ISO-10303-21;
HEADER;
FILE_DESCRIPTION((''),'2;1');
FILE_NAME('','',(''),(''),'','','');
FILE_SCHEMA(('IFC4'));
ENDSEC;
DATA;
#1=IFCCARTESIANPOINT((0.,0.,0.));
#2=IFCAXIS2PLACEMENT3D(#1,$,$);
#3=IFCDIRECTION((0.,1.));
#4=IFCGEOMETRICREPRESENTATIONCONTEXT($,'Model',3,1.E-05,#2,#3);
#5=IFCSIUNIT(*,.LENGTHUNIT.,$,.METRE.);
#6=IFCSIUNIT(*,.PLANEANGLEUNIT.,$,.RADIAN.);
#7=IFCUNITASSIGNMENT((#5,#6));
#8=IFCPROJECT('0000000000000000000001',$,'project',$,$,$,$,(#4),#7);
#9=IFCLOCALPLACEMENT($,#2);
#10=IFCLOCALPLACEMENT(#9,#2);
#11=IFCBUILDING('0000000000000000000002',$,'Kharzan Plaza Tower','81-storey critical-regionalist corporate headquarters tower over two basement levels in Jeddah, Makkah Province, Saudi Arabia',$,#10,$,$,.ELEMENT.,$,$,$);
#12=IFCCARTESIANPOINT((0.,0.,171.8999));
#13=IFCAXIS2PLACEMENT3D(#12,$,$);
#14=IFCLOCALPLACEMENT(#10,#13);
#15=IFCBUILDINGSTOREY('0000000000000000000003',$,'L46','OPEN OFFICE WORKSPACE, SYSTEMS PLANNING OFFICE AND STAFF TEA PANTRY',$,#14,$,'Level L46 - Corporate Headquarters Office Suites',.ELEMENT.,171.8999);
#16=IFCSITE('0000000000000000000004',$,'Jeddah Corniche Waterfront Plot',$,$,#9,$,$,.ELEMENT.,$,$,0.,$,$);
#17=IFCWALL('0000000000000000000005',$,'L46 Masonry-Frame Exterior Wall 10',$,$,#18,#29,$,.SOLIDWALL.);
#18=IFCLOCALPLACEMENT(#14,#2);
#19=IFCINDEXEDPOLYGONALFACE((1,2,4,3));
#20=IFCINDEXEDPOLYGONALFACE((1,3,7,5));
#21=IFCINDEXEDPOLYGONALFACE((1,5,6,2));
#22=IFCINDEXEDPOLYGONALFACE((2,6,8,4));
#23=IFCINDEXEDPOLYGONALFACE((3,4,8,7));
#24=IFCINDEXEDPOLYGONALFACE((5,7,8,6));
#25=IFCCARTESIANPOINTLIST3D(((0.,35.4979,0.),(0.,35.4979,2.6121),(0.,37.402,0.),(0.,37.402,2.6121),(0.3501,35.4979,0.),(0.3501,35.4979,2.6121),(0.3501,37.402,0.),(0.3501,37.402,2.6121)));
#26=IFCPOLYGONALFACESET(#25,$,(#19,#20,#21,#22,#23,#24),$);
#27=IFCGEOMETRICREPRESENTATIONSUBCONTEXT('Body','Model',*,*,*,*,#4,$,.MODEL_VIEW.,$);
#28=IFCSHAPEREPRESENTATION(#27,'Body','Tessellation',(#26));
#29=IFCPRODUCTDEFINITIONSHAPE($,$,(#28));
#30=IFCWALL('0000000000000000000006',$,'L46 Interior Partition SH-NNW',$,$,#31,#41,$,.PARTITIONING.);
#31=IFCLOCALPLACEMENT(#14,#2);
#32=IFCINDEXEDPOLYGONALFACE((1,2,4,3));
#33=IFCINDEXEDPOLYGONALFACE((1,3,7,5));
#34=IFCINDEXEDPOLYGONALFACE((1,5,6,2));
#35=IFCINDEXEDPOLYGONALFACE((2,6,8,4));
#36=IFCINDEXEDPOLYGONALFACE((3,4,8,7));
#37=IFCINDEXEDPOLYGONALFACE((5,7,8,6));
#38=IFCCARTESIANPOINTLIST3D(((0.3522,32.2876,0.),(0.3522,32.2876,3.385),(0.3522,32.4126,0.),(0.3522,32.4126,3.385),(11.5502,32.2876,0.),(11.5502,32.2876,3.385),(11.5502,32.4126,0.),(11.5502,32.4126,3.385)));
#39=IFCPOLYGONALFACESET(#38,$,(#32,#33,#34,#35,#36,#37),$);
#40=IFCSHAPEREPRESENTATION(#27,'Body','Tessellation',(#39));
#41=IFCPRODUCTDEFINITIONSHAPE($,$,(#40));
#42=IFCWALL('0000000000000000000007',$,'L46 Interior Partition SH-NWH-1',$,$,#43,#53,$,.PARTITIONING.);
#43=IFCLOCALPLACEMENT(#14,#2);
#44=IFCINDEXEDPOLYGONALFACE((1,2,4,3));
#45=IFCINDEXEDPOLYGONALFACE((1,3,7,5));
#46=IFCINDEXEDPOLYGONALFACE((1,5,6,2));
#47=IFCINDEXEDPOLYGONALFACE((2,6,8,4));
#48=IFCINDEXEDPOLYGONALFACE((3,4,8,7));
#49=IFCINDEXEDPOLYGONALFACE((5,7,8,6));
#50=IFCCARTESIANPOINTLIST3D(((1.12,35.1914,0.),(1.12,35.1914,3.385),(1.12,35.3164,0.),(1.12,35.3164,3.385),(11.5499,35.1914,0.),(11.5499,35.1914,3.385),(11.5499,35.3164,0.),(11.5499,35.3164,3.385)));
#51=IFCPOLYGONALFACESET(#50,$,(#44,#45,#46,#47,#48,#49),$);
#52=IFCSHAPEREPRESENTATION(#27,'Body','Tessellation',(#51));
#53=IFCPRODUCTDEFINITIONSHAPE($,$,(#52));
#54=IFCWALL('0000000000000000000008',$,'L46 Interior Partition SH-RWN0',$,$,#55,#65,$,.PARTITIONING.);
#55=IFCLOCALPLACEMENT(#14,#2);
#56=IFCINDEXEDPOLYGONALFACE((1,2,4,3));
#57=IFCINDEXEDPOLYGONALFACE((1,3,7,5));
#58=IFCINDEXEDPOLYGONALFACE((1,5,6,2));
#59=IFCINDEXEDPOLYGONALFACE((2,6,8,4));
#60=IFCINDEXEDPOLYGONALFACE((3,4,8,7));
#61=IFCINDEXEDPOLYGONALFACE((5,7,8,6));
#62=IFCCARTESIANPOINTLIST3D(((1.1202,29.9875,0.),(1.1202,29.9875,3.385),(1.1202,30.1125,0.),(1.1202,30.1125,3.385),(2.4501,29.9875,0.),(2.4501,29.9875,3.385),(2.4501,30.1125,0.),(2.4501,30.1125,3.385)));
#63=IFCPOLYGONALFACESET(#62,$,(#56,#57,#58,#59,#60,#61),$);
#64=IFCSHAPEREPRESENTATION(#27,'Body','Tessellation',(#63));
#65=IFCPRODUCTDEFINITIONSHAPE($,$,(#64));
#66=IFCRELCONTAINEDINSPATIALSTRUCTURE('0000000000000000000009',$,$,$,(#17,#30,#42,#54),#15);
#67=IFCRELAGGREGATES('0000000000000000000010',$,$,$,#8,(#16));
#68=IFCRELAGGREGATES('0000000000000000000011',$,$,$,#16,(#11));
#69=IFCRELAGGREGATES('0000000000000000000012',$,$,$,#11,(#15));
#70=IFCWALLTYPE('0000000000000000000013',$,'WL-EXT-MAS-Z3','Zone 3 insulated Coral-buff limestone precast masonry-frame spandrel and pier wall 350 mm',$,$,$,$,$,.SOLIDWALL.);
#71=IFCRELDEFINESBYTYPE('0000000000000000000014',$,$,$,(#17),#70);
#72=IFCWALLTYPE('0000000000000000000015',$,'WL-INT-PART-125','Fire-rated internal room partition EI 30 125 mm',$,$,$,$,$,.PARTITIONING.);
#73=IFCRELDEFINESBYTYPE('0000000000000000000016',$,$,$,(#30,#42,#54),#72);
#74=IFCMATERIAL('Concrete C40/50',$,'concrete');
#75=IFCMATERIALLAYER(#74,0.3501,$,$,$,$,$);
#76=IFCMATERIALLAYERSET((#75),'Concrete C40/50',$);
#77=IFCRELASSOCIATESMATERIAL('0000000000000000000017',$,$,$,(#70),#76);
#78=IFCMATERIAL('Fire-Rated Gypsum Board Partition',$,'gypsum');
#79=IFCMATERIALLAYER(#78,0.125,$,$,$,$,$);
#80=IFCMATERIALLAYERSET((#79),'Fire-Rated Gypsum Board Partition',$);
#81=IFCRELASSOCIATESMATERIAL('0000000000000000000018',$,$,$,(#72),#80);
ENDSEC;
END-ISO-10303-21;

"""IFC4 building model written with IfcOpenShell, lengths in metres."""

from ifc_helpers import new_model, si_unit, direction, frame, frame_2d, origin, place, context, subcontext, project, spatial, rectangle, extrude, source, transform, mapped, material, layer, layer_set, type_object, element, save


model = new_model("IFC4")

# Units and contexts
model_context = context("Model", 3, precision=1e-05, world=origin(), true_north=direction((0.0, 1.0)))
body_context = subcontext(model_context, "Body", "Model", "MODEL_VIEW")
ifc_project = project(units=[si_unit("LENGTHUNIT", "METRE"), si_unit("PLANEANGLEUNIT", "RADIAN")], contexts=[model_context])

# Site, building, storey
site_placement = place(None, origin())
site = spatial("IfcSite", under=ifc_project, at=site_placement, Name="Jeddah Corniche Waterfront Plot", CompositionType="ELEMENT", RefElevation=0.0)
building_placement = place(site_placement, origin())
building = spatial("IfcBuilding", under=site, at=building_placement, Name="Kharzan Plaza Tower", Description="81-storey critical-regionalist corporate headquarters tower over two basement levels in Jeddah, Makkah Province, Saudi Arabia", CompositionType="ELEMENT")
storey_placement = place(building_placement, frame((0.0, 0.0, 171.8999)))
storey = spatial("IfcBuildingStorey", under=building, at=storey_placement, Name="L46", Description="OPEN OFFICE WORKSPACE, SYSTEMS PLANNING OFFICE AND STAFF TEA PANTRY", LongName="Level L46 - Corporate Headquarters Office Suites", CompositionType="ELEMENT", Elevation=171.8999)

# Shared definitions
ifc_material_1 = material(Name="Concrete C40/50", Category="concrete")
ifc_layer_1 = layer(ifc_material_1, 0.3501)
ifc_layer_set_1 = layer_set([ifc_layer_1], Name="Concrete C40/50")
wall_type_1 = type_object("IfcWallType", Name="WL-EXT-MAS-Z3", Description="Zone 3 insulated Coral-buff limestone precast masonry-frame spandrel and pier wall 350 mm", PredefinedType="SOLIDWALL", material=ifc_layer_set_1)

# Walls
shared_shape_1 = source(origin(), body_context, "Body", "SweptSolid", [
    extrude(rectangle(XDim=1.9041, YDim=0.3501, at=frame_2d((0.9521, 0.0))), origin(), (0.0, 0.0, 1.0), 2.6121),
])
wall_1_placement = place(storey_placement, frame((0.175, 37.4021, 0.0), z_axis=(0.0, 0.0, 1.0), x_axis=(0.0, -1.0, 0.0)))
element("IfcWall", 1, at=wall_1_placement, inside=storey, type_object=wall_type_1, Name="L46 Masonry-Frame Exterior Wall 10", PredefinedType="SOLIDWALL", context=body_context, shape_type="MappedRepresentation", body=[
    mapped(shared_shape_1, transform((0.0, 0.0, 0.0), x_axis=(1.0, 0.0, 0.0), y_axis=(0.0, 1.0, 0.0), z_axis=(0.0, 0.0, 1.0))),
])
ifc_material_2 = material(Name="Fire-Rated Gypsum Board Partition", Category="gypsum")
ifc_layer_2 = layer(ifc_material_2, 0.125)
ifc_layer_set_2 = layer_set([ifc_layer_2], Name="Fire-Rated Gypsum Board Partition")
wall_type_2 = type_object("IfcWallType", Name="WL-INT-PART-125", Description="Fire-rated internal room partition EI 30 125 mm", PredefinedType="PARTITIONING", material=ifc_layer_set_2)
shared_shape_2 = source(origin(), body_context, "Body", "SweptSolid", [
    extrude(rectangle(XDim=11.198, YDim=0.125, at=frame_2d((5.5991, 0.0))), origin(), (0.0, 0.0, 1.0), 3.385),
])
wall_2_placement = place(storey_placement, frame((0.3521, 32.3501, 0.0), z_axis=(0.0, 0.0, 1.0), x_axis=(1.0, 0.0, 0.0)))
element("IfcWall", 2, at=wall_2_placement, inside=storey, type_object=wall_type_2, Name="L46 Interior Partition SH-NNW", PredefinedType="PARTITIONING", context=body_context, shape_type="MappedRepresentation", body=[
    mapped(shared_shape_2, transform((0.0, 0.0, 0.0), x_axis=(1.0, 0.0, 0.0), y_axis=(0.0, 1.0, 0.0), z_axis=(0.0, 0.0, 1.0))),
])
shared_shape_3 = source(origin(), body_context, "Body", "SweptSolid", [
    extrude(rectangle(XDim=10.4299, YDim=0.125, at=frame_2d((5.2148, 0.0))), origin(), (0.0, 0.0, 1.0), 3.385),
])
wall_3_placement = place(storey_placement, frame((1.1201, 35.2539, 0.0), z_axis=(0.0, 0.0, 1.0), x_axis=(1.0, 0.0, 0.0)))
element("IfcWall", 3, at=wall_3_placement, inside=storey, type_object=wall_type_2, Name="L46 Interior Partition SH-NWH-1", PredefinedType="PARTITIONING", context=body_context, shape_type="MappedRepresentation", body=[
    mapped(shared_shape_3, transform((0.0, 0.0, 0.0), x_axis=(1.0, 0.0, 0.0), y_axis=(0.0, 1.0, 0.0), z_axis=(0.0, 0.0, 1.0))),
])
shared_shape_4 = source(origin(), body_context, "Body", "SweptSolid", [
    extrude(rectangle(XDim=1.3298, YDim=0.125, at=frame_2d((0.665, 0.0))), origin(), (0.0, 0.0, 1.0), 3.385),
])
wall_4_placement = place(storey_placement, frame((1.1201, 30.05, 0.0), z_axis=(0.0, 0.0, 1.0), x_axis=(1.0, 0.0, 0.0)))
element("IfcWall", 4, at=wall_4_placement, inside=storey, type_object=wall_type_2, Name="L46 Interior Partition SH-RWN0", PredefinedType="PARTITIONING", context=body_context, shape_type="MappedRepresentation", body=[
    mapped(shared_shape_4, transform((0.0, 0.0, 0.0), x_axis=(1.0, 0.0, 0.0), y_axis=(0.0, 1.0, 0.0), z_axis=(0.0, 0.0, 1.0))),
])

save(model, "model.ifc")
